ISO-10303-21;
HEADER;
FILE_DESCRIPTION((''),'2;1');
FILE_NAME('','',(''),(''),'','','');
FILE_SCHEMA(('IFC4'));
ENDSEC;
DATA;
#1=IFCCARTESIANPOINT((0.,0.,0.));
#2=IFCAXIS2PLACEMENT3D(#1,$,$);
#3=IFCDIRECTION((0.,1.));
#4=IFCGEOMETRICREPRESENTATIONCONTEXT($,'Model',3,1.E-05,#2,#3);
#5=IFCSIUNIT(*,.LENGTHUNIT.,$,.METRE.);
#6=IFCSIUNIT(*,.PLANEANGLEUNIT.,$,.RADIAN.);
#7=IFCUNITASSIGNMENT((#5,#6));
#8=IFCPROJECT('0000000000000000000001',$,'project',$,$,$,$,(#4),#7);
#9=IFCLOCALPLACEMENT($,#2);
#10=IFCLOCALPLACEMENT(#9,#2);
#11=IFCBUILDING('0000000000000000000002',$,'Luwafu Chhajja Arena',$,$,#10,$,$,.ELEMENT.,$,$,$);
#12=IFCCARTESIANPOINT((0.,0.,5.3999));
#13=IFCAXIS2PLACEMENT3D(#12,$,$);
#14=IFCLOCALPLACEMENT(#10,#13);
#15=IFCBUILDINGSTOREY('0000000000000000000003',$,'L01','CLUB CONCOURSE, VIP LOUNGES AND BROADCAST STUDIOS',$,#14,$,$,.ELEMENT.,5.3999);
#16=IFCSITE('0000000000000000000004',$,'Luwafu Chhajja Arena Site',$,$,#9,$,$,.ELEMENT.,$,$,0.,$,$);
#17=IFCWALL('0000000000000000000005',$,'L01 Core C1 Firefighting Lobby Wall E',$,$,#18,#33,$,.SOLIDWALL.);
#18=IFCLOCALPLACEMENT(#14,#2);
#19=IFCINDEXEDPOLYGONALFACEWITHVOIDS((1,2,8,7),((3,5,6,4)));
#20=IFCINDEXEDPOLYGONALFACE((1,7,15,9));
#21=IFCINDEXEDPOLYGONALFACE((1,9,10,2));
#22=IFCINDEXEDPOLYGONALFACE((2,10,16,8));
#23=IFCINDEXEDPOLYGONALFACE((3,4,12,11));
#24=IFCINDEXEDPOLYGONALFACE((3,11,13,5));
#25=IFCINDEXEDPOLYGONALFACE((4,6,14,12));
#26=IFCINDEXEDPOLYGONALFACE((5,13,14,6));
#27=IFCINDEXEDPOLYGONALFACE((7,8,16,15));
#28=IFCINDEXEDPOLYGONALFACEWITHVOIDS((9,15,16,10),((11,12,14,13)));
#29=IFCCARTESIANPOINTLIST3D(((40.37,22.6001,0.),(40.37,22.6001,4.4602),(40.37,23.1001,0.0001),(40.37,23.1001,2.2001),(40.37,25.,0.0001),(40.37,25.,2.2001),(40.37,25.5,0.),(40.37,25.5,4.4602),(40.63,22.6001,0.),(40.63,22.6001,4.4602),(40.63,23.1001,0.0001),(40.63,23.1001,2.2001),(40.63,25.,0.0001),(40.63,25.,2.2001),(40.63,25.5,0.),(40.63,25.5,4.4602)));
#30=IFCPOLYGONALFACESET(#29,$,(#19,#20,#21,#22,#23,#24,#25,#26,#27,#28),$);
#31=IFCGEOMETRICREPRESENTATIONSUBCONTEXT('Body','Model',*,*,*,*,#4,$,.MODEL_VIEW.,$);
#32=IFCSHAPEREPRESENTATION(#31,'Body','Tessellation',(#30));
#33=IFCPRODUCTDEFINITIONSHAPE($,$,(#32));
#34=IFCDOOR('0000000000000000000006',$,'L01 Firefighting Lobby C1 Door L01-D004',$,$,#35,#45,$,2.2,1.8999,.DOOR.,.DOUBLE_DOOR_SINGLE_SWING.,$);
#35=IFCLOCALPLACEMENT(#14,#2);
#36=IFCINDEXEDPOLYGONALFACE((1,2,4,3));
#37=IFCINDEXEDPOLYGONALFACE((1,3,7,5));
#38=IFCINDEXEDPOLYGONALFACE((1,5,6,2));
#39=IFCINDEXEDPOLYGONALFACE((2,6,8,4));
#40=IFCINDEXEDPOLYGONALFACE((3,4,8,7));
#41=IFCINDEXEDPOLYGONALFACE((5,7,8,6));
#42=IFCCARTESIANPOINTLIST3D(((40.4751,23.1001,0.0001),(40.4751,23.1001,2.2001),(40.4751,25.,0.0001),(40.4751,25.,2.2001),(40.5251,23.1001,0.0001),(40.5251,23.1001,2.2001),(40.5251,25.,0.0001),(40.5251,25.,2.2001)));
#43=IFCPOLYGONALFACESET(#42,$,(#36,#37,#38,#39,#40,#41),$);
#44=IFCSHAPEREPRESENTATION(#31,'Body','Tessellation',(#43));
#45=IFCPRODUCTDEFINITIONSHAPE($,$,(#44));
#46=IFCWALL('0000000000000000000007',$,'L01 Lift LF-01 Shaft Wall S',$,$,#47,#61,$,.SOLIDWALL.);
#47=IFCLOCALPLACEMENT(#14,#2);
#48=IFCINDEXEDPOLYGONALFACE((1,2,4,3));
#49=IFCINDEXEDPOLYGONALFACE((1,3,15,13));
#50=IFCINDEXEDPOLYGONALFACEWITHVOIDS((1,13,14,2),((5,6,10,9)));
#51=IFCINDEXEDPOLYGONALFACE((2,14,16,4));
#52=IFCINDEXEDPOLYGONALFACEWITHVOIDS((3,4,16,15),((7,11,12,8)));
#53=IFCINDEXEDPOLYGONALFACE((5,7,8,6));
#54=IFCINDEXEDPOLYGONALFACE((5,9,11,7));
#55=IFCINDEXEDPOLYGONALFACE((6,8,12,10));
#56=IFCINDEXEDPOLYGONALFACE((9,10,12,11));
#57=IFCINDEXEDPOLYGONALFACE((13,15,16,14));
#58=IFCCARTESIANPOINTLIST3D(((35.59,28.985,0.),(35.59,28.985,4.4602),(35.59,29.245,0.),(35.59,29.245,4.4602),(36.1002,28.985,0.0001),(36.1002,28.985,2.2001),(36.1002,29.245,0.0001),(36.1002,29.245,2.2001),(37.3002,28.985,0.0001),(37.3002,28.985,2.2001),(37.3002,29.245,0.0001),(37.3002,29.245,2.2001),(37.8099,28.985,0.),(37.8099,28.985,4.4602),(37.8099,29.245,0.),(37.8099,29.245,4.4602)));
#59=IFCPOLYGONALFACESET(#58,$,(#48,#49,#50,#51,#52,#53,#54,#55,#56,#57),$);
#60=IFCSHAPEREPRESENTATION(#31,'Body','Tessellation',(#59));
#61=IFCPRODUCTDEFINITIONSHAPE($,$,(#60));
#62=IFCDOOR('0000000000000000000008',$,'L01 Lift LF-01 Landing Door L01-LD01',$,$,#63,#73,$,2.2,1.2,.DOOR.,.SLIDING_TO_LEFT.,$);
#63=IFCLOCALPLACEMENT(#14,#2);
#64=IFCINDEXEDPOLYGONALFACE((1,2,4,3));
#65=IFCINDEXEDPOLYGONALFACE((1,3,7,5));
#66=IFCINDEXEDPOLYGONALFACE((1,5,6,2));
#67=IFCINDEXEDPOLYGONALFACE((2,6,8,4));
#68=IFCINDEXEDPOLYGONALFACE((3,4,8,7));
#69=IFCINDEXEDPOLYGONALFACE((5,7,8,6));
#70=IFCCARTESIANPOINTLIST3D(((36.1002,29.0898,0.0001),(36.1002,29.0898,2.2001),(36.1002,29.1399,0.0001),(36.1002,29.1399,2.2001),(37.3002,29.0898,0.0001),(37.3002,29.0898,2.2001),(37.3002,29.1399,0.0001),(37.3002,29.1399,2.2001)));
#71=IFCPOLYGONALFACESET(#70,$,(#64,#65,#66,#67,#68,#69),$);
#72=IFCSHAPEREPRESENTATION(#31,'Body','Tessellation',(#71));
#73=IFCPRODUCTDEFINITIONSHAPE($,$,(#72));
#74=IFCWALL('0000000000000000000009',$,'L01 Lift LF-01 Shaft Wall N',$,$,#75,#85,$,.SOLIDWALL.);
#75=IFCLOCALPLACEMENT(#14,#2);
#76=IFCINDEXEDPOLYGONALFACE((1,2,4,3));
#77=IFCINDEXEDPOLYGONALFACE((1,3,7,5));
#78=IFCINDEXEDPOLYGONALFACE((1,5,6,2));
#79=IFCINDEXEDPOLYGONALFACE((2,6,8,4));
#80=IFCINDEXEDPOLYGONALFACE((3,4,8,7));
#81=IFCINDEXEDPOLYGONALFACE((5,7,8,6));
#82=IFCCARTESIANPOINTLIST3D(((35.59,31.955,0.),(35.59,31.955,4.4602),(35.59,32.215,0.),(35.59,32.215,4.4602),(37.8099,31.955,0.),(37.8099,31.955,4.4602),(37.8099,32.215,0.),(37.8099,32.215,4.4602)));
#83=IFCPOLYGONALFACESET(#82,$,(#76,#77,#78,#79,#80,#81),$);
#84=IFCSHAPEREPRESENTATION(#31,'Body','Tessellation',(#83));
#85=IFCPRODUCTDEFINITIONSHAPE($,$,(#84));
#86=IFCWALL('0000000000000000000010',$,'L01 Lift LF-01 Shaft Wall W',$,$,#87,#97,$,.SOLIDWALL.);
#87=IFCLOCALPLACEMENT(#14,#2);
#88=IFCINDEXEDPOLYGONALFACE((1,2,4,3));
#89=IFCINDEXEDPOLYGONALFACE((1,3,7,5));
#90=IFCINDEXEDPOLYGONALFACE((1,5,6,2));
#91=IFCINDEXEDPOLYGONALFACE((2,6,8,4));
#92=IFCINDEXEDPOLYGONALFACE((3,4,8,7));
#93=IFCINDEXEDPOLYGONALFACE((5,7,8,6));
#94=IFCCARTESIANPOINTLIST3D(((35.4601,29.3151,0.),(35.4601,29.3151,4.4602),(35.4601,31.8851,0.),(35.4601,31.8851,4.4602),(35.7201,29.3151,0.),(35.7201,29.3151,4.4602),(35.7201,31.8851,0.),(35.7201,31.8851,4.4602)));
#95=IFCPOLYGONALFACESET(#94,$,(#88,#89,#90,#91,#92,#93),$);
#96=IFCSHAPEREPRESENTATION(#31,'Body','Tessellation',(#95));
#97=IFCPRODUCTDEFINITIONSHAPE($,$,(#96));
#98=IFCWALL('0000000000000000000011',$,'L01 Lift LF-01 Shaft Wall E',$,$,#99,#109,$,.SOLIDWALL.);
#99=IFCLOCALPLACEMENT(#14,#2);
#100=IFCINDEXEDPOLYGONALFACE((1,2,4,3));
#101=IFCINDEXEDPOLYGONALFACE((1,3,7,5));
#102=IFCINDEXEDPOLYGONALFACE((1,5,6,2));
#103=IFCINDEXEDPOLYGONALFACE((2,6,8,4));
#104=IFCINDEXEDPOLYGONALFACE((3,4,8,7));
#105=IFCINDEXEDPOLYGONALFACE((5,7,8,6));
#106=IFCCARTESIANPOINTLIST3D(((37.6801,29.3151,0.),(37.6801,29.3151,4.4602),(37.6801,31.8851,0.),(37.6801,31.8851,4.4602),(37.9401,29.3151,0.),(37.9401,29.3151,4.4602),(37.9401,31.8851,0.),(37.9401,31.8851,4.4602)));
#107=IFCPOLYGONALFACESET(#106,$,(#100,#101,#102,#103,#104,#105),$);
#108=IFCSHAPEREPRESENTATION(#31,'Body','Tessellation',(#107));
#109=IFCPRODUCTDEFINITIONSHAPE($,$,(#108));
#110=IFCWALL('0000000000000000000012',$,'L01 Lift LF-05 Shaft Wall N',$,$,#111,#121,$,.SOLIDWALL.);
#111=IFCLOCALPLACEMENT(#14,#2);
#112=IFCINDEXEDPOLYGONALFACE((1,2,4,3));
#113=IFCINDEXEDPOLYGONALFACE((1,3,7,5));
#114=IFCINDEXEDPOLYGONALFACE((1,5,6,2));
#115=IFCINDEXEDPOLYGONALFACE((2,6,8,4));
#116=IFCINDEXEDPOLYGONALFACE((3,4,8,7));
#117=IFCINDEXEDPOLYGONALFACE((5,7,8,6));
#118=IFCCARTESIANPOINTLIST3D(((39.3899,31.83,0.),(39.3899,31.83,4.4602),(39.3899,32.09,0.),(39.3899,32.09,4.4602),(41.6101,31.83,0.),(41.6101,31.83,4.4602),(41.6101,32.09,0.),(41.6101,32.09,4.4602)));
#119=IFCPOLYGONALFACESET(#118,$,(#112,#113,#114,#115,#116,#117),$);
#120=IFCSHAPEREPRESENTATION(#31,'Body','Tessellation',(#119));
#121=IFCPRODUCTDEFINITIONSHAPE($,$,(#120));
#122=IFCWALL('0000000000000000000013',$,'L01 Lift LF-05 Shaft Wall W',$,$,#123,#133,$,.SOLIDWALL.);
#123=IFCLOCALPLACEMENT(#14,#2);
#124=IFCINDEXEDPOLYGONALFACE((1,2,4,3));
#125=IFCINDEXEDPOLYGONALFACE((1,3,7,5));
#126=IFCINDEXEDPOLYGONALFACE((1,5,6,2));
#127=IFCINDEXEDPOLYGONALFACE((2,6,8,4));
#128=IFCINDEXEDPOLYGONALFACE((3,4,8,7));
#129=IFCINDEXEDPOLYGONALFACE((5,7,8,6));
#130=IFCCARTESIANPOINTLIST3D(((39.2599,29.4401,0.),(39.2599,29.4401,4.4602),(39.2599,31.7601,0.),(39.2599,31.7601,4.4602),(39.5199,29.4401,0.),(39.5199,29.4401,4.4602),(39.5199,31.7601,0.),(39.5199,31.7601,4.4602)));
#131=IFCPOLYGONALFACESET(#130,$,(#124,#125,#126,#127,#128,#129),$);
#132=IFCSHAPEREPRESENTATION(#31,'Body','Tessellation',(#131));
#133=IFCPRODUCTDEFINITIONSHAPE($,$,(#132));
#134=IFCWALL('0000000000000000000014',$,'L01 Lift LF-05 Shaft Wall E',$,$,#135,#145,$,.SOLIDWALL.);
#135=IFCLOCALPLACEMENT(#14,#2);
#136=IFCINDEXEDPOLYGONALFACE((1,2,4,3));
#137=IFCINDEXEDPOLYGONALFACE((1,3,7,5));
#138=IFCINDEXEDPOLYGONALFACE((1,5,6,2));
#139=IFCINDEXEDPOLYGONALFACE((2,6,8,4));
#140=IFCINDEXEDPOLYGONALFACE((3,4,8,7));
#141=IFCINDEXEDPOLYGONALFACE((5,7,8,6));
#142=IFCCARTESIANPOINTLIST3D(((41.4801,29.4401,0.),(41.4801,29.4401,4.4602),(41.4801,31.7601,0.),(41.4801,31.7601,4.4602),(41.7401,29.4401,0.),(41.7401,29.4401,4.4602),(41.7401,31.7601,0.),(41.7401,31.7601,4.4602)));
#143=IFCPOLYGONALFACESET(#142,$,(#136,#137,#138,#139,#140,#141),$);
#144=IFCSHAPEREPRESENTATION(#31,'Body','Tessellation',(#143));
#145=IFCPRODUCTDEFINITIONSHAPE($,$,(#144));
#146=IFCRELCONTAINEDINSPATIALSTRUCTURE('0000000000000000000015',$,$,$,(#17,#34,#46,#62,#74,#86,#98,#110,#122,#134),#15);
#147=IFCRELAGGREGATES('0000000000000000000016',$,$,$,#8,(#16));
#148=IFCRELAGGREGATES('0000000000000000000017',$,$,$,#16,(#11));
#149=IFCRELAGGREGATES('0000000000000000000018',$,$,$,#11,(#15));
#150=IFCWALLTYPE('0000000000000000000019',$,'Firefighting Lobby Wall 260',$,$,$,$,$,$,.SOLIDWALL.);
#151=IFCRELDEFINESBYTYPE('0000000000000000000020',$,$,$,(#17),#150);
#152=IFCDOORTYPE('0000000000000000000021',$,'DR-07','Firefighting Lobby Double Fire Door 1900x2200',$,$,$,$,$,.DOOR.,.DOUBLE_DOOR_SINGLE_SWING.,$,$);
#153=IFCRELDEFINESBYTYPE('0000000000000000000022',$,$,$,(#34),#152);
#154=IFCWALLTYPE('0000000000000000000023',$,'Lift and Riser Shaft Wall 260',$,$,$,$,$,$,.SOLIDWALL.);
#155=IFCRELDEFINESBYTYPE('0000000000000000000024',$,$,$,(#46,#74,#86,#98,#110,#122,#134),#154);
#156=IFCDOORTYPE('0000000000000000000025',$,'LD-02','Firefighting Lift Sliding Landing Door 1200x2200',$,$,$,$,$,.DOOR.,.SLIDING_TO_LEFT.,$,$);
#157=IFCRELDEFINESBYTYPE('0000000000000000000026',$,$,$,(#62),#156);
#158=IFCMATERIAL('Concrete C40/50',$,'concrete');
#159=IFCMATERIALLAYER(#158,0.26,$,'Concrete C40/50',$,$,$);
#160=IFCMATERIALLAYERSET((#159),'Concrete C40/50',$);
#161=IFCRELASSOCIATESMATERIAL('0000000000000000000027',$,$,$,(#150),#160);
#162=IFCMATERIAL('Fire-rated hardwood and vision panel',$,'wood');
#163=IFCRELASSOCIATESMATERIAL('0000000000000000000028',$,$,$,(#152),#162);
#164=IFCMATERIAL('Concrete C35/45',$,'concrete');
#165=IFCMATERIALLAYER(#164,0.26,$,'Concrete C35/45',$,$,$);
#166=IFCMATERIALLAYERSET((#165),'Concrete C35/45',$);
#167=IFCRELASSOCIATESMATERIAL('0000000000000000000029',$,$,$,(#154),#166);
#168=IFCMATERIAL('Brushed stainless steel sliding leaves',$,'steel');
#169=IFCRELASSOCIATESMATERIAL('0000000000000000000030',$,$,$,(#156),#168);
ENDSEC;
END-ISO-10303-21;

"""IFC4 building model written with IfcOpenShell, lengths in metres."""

from ifc_helpers import new_model, si_unit, direction, frame, frame_2d, origin, place, context, subcontext, project, spatial, rectangle, extrude, material, layer, layer_set, type_object, element, fill, save


model = new_model("IFC4")

# Units and contexts
model_context = context("Model", 3, precision=1e-05, world=origin(), true_north=direction((0.0, 1.0)))
body_context = subcontext(model_context, "Body", "Model", "MODEL_VIEW")
ifc_project = project(units=[si_unit("LENGTHUNIT", "METRE"), si_unit("PLANEANGLEUNIT", "RADIAN")], contexts=[model_context])

# Site, building, storey
site_placement = place(None, origin())
site = spatial("IfcSite", under=ifc_project, at=site_placement, Name="Luwafu Chhajja Arena Site", CompositionType="ELEMENT", RefElevation=0.0)
building_placement = place(site_placement, origin())
building = spatial("IfcBuilding", under=site, at=building_placement, Name="Luwafu Chhajja Arena", CompositionType="ELEMENT")
storey_placement = place(building_placement, frame((0.0, 0.0, 5.3999)))
storey = spatial("IfcBuildingStorey", under=building, at=storey_placement, Name="L01", Description="CLUB CONCOURSE, VIP LOUNGES AND BROADCAST STUDIOS", CompositionType="ELEMENT", Elevation=5.3999)

# Shared definitions
ifc_material_1 = material(Name="Concrete C35/45", Category="concrete")

# Shared definitions
ifc_material_2 = material(Name="Concrete C40/50", Category="concrete")
ifc_layer_1 = layer(ifc_material_2, 0.26, Name="Concrete C40/50")
ifc_layer_set_1 = layer_set([ifc_layer_1], Name="Concrete C40/50")
wall_type_1 = type_object("IfcWallType", Name="Firefighting Lobby Wall 260", PredefinedType="SOLIDWALL", material=ifc_layer_set_1)
ifc_material_3 = material(Name="Fire-rated hardwood and vision panel", Category="wood")
door_type_1 = type_object("IfcDoorType", Name="DR-07", Description="Firefighting Lobby Double Fire Door 1900x2200", OperationType="DOUBLE_DOOR_SINGLE_SWING", PredefinedType="DOOR", material=ifc_material_3)

# Walls, openings, doors
wall_1_placement = place(storey_placement, frame((40.5, 22.6001, 0.0), z_axis=(0.0, 0.0, 1.0), x_axis=(0.0, 1.0, 0.0)))
wall_1 = element("IfcWall", 1, at=wall_1_placement, inside=storey, type_object=wall_type_1, Name="L01 Core C1 Firefighting Lobby Wall E", PredefinedType="SOLIDWALL", context=body_context, shape_type="SweptSolid", body=[
    extrude(rectangle(XDim=2.8999, YDim=0.26, at=frame_2d((1.45, 0.0))), origin(), (0.0, 0.0, 1.0), 4.4602),
])
opening_1_placement = place(wall_1_placement, frame((0.5, 0.0, 0.0)))
opening_1 = element("IfcOpeningElement", 2, at=opening_1_placement, cuts=wall_1, PredefinedType="OPENING", context=body_context, shape_type="SweptSolid", body=[
    extrude(rectangle(XDim=1.8999, YDim=2.2, at=frame_2d((0.95, 1.1001))), frame((0.0, 0.1399, 0.0), z_axis=(0.0, -1.0, 0.0), x_axis=(1.0, 0.0, 0.0)), (0.0, 0.0, 1.0), 0.28),
])
door_1_placement = place(opening_1_placement, origin())
door_1 = element("IfcDoor", 3, at=door_1_placement, inside=storey, type_object=door_type_1, Name="L01 Firefighting Lobby C1 Door L01-D004", OperationType="DOUBLE_DOOR_SINGLE_SWING", OverallHeight=2.2, OverallWidth=1.8999, PredefinedType="DOOR", context=body_context, shape_type="SweptSolid", body=[
    extrude(rectangle(XDim=1.8999, YDim=2.2, at=frame_2d((0.95, 1.1001))), frame((0.0, 0.0249, 0.0), z_axis=(0.0, -1.0, 0.0), x_axis=(1.0, 0.0, 0.0)), (0.0, 0.0, 1.0), 0.05),
])
fill(opening_1, door_1)
ifc_layer_2 = layer(ifc_material_1, 0.26, Name="Concrete C35/45")
ifc_layer_set_2 = layer_set([ifc_layer_2], Name="Concrete C35/45")
wall_type_2 = type_object("IfcWallType", Name="Lift and Riser Shaft Wall 260", PredefinedType="SOLIDWALL", material=ifc_layer_set_2)
wall_2_placement = place(storey_placement, frame((35.5901, 29.115, 0.0), z_axis=(0.0, 0.0, 1.0), x_axis=(1.0, 0.0, 0.0)))
wall_2 = element("IfcWall", 4, at=wall_2_placement, inside=storey, type_object=wall_type_2, Name="L01 Lift LF-01 Shaft Wall S", PredefinedType="SOLIDWALL", context=body_context, shape_type="SweptSolid", body=[
    extrude(rectangle(XDim=2.22, YDim=0.26, at=frame_2d((1.1099, 0.0))), origin(), (0.0, 0.0, 1.0), 4.4602),
])
opening_2_placement = place(wall_2_placement, frame((0.51, 0.0, 0.0)))
opening_2 = element("IfcOpeningElement", 5, at=opening_2_placement, cuts=wall_2, PredefinedType="OPENING", context=body_context, shape_type="SweptSolid", body=[
    extrude(rectangle(XDim=1.2, YDim=2.2, at=frame_2d((0.6001, 1.1001))), frame((0.0, 0.1399, 0.0), z_axis=(0.0, -1.0, 0.0), x_axis=(1.0, 0.0, 0.0)), (0.0, 0.0, 1.0), 0.28),
])
ifc_material_4 = material(Name="Brushed stainless steel sliding leaves", Category="steel")
door_type_2 = type_object("IfcDoorType", Name="LD-02", Description="Firefighting Lift Sliding Landing Door 1200x2200", OperationType="SLIDING_TO_LEFT", PredefinedType="DOOR", material=ifc_material_4)
door_2_placement = place(opening_2_placement, origin())
door_2 = element("IfcDoor", 6, at=door_2_placement, inside=storey, type_object=door_type_2, Name="L01 Lift LF-01 Landing Door L01-LD01", OperationType="SLIDING_TO_LEFT", OverallHeight=2.2, OverallWidth=1.2, PredefinedType="DOOR", context=body_context, shape_type="SweptSolid", body=[
    extrude(rectangle(XDim=1.2, YDim=2.2, at=frame_2d((0.6001, 1.1001))), frame((0.0, 0.0249, 0.0), z_axis=(0.0, -1.0, 0.0), x_axis=(1.0, 0.0, 0.0)), (0.0, 0.0, 1.0), 0.05),
])
fill(opening_2, door_2)

# Walls
wall_3_placement = place(storey_placement, frame((35.5901, 32.085, 0.0), z_axis=(0.0, 0.0, 1.0), x_axis=(1.0, 0.0, 0.0)))
element("IfcWall", 7, at=wall_3_placement, inside=storey, type_object=wall_type_2, Name="L01 Lift LF-01 Shaft Wall N", PredefinedType="SOLIDWALL", context=body_context, shape_type="SweptSolid", body=[
    extrude(rectangle(XDim=2.22, YDim=0.26, at=frame_2d((1.1099, 0.0))), origin(), (0.0, 0.0, 1.0), 4.4602),
])
for number, where, z_axis, x_axis, name in (
    (8, (35.5901, 29.3149, 0.0), (0.0, 0.0, 1.0), (0.0, 1.0, 0.0), "L01 Lift LF-01 Shaft Wall W"),
    (9, (37.8101, 29.3149, 0.0), (0.0, 0.0, 1.0), (0.0, 1.0, 0.0), "L01 Lift LF-01 Shaft Wall E"),
):
    element("IfcWall", number, at=place(storey_placement, frame(where, z_axis=z_axis, x_axis=x_axis)), inside=storey, type_object=wall_type_2, Name=name, PredefinedType="SOLIDWALL", context=body_context, shape_type="SweptSolid", body=[
        extrude(rectangle(XDim=2.5701, YDim=0.26, at=frame_2d((1.2852, 0.0))), origin(), (0.0, 0.0, 1.0), 4.4602),
    ])

# Walls
wall_4_placement = place(storey_placement, frame((39.3899, 31.96, 0.0), z_axis=(0.0, 0.0, 1.0), x_axis=(1.0, 0.0, 0.0)))
element("IfcWall", 10, at=wall_4_placement, inside=storey, type_object=wall_type_2, Name="L01 Lift LF-05 Shaft Wall N", PredefinedType="SOLIDWALL", context=body_context, shape_type="SweptSolid", body=[
    extrude(rectangle(XDim=2.2202, YDim=0.26, at=frame_2d((1.1101, 0.0))), origin(), (0.0, 0.0, 1.0), 4.4602),
])
for number, where, z_axis, x_axis, name in (
    (11, (39.3899, 29.4399, 0.0), (0.0, 0.0, 1.0), (0.0, 1.0, 0.0), "L01 Lift LF-05 Shaft Wall W"),
    (12, (41.6101, 29.4399, 0.0), (0.0, 0.0, 1.0), (0.0, 1.0, 0.0), "L01 Lift LF-05 Shaft Wall E"),
):
    element("IfcWall", number, at=place(storey_placement, frame(where, z_axis=z_axis, x_axis=x_axis)), inside=storey, type_object=wall_type_2, Name=name, PredefinedType="SOLIDWALL", context=body_context, shape_type="SweptSolid", body=[
        extrude(rectangle(XDim=2.3201, YDim=0.26, at=frame_2d((1.1602, 0.0))), origin(), (0.0, 0.0, 1.0), 4.4602),
    ])

save(model, "model.ifc")
